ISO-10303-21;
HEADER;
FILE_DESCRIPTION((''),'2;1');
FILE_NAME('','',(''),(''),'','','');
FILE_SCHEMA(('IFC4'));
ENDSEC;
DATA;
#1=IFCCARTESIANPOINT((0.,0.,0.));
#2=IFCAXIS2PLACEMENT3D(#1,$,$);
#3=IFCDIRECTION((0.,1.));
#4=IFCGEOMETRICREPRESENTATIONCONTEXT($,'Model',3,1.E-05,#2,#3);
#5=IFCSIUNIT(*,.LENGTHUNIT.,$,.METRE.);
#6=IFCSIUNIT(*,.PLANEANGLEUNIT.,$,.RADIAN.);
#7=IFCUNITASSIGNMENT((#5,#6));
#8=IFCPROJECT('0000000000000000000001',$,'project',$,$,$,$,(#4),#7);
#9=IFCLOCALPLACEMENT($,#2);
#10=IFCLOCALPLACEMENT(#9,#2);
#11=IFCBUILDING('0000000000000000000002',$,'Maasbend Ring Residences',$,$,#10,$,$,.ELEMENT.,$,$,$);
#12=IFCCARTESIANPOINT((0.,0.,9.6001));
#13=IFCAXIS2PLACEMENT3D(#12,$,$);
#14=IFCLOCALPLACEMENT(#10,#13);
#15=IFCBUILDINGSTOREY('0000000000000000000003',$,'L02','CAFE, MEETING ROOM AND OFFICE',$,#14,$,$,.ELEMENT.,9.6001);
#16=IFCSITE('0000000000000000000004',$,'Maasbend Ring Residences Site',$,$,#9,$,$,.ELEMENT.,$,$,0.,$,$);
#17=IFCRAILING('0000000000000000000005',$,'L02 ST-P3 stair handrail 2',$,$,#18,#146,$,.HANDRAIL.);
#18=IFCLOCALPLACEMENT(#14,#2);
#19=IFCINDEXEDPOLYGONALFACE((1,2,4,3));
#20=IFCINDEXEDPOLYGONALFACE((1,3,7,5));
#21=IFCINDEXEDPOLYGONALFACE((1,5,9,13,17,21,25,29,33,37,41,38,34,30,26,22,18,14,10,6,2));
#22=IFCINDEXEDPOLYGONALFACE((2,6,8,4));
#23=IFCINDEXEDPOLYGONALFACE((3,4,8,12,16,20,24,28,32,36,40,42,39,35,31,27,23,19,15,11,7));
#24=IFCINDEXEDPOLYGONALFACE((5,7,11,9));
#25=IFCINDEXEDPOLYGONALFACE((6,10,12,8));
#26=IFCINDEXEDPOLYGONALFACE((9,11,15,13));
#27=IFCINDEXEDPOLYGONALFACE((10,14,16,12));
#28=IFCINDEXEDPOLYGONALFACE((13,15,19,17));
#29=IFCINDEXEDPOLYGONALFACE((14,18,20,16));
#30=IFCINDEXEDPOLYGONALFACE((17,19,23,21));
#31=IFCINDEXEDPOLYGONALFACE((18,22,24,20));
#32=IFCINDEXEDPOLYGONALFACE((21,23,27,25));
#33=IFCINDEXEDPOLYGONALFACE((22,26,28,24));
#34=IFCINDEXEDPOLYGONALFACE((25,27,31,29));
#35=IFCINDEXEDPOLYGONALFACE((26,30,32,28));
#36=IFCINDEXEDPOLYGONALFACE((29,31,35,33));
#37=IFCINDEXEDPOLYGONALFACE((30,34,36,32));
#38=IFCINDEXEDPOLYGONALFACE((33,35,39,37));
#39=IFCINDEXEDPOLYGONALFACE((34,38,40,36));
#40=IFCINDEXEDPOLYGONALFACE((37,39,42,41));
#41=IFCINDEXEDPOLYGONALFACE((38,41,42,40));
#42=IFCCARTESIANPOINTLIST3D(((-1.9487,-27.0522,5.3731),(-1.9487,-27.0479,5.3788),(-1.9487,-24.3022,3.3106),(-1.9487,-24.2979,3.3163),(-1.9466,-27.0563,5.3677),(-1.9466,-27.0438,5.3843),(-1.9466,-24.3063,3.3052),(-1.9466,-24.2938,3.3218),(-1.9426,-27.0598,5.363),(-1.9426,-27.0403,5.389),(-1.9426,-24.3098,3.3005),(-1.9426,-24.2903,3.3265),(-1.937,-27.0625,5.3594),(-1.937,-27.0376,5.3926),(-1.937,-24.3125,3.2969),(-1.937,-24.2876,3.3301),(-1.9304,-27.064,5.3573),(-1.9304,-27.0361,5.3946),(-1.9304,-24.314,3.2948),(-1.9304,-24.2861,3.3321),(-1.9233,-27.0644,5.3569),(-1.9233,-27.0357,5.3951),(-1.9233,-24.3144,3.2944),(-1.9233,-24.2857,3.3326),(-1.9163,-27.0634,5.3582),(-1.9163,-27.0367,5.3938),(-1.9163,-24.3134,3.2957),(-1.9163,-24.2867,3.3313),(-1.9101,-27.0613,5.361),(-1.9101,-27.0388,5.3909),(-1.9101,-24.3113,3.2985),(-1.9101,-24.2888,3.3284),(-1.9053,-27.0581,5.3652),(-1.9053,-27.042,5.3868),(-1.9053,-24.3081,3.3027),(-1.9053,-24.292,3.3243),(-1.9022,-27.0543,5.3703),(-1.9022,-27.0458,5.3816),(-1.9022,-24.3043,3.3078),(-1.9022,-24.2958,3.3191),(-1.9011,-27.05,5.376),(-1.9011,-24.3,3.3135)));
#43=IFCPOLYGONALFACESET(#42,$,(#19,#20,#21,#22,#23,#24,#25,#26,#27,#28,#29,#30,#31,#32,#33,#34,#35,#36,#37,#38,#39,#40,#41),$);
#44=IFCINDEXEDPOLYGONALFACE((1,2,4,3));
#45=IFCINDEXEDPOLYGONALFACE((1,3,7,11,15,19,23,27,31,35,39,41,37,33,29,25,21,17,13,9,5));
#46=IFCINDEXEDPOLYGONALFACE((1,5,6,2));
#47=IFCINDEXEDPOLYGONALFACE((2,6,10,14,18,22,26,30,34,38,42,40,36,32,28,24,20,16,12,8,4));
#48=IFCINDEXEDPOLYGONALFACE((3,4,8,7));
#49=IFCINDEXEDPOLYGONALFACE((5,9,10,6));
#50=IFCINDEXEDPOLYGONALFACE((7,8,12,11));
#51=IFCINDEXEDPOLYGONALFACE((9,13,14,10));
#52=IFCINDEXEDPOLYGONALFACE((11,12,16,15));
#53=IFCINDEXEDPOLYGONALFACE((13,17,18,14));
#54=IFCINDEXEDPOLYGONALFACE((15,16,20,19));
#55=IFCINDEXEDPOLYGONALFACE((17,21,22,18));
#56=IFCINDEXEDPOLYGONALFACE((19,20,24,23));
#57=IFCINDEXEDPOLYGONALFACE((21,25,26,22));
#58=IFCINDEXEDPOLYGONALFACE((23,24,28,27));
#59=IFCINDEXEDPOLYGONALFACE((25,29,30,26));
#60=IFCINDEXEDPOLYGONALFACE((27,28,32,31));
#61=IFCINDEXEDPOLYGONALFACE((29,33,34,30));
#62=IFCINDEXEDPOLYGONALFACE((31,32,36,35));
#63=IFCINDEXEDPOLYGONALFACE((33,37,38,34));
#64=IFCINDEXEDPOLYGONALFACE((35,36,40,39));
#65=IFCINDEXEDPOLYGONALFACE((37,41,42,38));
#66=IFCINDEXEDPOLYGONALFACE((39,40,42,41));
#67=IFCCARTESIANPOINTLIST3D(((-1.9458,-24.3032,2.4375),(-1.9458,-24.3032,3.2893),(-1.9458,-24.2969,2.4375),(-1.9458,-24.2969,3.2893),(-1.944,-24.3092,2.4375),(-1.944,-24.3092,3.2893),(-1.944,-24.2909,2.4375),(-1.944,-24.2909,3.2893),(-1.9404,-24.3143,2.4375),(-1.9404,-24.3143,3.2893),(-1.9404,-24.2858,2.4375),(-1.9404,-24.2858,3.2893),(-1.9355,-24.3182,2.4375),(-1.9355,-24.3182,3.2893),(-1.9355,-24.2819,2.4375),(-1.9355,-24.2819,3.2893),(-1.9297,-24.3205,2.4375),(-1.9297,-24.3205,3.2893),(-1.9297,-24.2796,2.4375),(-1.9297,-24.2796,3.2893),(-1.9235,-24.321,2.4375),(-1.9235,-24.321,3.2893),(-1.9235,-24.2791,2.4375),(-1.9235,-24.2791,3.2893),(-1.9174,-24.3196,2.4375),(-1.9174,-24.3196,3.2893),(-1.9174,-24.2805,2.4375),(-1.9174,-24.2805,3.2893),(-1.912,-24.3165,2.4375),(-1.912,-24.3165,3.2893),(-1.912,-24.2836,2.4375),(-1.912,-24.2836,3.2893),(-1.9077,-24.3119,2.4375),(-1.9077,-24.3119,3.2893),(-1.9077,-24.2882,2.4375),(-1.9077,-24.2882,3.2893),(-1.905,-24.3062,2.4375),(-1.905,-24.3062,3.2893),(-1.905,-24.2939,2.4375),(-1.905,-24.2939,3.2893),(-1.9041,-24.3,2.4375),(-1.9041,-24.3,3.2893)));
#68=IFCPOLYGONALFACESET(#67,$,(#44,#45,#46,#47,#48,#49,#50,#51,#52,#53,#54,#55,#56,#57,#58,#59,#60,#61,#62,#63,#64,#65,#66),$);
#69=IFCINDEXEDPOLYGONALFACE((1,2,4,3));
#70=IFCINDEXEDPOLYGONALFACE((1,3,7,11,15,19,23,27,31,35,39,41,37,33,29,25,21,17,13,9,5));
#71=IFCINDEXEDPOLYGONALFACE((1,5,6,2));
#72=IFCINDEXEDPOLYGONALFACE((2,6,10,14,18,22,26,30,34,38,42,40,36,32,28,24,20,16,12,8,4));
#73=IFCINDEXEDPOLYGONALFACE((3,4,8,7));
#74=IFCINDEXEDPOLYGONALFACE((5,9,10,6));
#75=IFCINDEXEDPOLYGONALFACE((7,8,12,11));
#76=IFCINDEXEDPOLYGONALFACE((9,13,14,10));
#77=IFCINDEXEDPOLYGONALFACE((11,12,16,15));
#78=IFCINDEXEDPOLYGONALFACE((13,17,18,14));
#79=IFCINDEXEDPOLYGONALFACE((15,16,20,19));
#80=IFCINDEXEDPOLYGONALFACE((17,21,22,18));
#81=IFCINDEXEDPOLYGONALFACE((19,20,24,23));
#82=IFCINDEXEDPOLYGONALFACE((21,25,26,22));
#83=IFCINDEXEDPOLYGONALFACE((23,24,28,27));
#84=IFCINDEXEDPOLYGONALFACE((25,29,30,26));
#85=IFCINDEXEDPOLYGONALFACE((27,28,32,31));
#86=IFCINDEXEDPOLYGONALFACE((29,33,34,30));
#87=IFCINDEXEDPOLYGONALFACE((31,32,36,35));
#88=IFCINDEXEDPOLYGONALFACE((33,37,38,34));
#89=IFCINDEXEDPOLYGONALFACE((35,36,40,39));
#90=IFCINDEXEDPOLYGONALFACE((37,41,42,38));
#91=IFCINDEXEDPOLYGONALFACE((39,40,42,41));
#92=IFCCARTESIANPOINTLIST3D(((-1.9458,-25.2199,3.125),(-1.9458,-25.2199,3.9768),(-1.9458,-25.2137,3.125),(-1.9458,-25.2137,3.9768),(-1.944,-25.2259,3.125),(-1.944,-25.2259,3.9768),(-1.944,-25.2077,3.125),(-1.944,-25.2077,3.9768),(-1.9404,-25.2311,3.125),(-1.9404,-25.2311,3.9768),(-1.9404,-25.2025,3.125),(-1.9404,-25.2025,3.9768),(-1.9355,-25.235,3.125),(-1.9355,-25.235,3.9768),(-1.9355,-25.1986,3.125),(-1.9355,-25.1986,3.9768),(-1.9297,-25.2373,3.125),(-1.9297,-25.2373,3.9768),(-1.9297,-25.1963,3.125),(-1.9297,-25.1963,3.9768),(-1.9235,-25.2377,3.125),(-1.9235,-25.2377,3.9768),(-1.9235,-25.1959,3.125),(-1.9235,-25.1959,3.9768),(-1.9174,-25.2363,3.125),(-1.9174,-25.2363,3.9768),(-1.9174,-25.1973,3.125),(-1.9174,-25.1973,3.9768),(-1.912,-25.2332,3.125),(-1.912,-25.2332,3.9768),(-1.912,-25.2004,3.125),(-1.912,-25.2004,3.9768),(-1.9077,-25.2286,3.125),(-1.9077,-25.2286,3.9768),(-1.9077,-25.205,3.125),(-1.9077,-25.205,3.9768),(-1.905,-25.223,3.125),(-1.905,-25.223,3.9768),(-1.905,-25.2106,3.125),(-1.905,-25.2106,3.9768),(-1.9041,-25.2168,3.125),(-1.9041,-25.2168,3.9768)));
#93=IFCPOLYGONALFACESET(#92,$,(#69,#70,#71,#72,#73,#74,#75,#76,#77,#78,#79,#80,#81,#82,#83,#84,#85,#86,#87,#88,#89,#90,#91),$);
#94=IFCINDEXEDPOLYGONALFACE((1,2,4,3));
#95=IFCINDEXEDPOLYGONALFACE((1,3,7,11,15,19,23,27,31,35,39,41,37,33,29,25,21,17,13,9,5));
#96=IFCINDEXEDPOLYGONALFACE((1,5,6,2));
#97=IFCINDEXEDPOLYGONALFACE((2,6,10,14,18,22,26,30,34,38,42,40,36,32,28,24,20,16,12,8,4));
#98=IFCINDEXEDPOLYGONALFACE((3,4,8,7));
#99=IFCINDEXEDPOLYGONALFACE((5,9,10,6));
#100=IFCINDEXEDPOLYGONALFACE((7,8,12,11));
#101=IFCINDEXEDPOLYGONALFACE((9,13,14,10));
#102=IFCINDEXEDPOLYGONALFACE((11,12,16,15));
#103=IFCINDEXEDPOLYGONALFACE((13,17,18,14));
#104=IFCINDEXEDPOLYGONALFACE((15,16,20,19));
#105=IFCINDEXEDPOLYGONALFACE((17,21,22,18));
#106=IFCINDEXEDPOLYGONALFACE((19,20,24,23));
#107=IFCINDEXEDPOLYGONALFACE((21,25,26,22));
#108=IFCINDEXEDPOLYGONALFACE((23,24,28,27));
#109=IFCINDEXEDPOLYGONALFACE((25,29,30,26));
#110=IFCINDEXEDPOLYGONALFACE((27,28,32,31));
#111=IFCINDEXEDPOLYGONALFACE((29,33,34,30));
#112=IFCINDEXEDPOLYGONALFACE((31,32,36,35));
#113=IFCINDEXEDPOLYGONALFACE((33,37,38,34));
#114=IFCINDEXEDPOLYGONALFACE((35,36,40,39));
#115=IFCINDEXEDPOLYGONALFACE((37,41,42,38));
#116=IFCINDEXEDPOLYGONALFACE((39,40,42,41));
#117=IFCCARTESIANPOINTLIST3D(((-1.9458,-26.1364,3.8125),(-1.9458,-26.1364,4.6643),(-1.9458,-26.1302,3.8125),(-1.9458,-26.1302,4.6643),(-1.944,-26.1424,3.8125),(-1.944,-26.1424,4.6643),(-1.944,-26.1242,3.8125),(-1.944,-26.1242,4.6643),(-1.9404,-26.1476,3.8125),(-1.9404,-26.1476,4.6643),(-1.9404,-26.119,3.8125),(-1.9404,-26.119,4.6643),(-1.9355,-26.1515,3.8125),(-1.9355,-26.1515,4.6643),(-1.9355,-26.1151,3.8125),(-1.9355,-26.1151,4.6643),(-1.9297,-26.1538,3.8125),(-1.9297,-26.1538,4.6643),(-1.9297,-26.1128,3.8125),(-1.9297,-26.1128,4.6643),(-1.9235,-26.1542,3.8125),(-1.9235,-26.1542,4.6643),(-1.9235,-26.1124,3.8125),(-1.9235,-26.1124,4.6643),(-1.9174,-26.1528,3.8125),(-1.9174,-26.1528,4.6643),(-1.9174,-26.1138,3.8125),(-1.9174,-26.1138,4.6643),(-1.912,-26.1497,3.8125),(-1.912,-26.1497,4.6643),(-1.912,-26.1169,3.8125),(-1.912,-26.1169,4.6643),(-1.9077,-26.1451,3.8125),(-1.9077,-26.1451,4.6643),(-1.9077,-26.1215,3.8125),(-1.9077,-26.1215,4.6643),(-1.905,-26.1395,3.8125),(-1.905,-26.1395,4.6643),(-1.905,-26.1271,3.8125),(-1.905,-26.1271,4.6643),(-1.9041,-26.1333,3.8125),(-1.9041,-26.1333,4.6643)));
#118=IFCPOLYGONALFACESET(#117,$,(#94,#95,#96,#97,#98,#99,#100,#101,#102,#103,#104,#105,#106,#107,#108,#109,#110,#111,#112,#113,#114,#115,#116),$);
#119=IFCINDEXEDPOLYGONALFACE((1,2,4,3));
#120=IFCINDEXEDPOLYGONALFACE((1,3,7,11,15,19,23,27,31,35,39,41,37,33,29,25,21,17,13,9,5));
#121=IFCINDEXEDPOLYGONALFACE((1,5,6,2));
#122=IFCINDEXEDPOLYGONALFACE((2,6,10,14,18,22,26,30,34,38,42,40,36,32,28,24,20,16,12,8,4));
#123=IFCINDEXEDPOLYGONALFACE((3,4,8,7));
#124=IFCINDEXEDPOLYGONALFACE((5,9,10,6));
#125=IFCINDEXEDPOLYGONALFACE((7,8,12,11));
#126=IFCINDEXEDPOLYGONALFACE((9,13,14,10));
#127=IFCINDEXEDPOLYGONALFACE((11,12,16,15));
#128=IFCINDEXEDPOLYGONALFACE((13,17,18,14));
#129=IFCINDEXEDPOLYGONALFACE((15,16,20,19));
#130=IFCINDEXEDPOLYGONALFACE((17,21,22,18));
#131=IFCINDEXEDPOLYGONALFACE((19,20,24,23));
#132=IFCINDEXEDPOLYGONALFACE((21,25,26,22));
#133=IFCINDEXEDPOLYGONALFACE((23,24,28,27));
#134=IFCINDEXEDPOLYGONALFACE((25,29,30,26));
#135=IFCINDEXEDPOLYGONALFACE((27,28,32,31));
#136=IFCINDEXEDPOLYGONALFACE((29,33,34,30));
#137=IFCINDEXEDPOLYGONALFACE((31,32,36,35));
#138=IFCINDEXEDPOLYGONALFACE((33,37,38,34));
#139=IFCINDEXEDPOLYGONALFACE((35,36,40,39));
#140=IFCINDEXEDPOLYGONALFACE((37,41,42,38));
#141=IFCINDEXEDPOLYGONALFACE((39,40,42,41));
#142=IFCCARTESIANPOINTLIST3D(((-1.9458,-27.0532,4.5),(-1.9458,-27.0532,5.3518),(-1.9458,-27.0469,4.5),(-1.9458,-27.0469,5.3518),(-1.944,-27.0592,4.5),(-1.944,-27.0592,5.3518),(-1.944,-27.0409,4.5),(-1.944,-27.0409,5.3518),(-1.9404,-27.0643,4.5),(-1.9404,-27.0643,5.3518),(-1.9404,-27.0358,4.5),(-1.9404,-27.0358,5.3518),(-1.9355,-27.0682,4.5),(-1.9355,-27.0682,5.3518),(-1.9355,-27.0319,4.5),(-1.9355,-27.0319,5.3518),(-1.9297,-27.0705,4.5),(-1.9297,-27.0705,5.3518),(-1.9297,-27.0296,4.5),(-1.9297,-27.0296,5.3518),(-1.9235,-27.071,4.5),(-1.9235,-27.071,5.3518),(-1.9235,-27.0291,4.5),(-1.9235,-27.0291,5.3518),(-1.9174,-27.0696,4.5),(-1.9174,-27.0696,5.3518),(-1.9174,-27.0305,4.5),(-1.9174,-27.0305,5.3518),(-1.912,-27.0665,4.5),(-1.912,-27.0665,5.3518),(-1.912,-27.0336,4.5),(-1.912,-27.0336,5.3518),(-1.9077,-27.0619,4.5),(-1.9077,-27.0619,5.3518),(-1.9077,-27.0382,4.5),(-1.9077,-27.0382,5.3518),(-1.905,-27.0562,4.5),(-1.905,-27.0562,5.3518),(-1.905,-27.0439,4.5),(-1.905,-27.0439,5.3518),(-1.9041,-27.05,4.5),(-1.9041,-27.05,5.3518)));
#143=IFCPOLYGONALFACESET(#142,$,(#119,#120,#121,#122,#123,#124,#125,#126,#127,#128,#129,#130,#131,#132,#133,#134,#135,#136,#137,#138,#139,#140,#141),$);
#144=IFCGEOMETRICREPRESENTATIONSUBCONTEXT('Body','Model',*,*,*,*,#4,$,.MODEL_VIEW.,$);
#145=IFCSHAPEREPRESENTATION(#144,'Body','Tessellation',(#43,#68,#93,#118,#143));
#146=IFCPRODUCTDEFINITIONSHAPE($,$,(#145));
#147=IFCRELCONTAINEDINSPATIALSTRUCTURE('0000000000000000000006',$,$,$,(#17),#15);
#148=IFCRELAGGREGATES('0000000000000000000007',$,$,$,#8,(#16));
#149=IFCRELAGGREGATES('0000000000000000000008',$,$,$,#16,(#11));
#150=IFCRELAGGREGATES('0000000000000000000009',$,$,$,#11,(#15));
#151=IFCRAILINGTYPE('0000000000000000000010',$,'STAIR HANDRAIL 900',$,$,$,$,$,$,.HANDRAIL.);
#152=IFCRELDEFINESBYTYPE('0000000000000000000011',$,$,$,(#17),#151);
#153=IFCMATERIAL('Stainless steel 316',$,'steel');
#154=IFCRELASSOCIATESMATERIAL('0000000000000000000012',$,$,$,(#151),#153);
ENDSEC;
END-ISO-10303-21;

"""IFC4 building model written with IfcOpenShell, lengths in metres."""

from ifc_helpers import new_model, si_unit, direction, frame, origin, origin_2d, place, context, subcontext, project, spatial, circle, extrude, material, type_object, element, save


model = new_model("IFC4")

# Units and contexts
model_context = context("Model", 3, precision=1e-05, world=origin(), true_north=direction((0.0, 1.0)))
body_context = subcontext(model_context, "Body", "Model", "MODEL_VIEW")
ifc_project = project(units=[si_unit("LENGTHUNIT", "METRE"), si_unit("PLANEANGLEUNIT", "RADIAN")], contexts=[model_context])

# Site, building, storey
site_placement = place(None, origin())
site = spatial("IfcSite", under=ifc_project, at=site_placement, Name="Maasbend Ring Residences Site", CompositionType="ELEMENT", RefElevation=0.0)
building_placement = place(site_placement, origin())
building = spatial("IfcBuilding", under=site, at=building_placement, Name="Maasbend Ring Residences", CompositionType="ELEMENT")
storey_placement = place(building_placement, frame((0.0, 0.0, 9.6001)))
storey = spatial("IfcBuildingStorey", under=building, at=storey_placement, Name="L02", Description="CAFE, MEETING ROOM AND OFFICE", CompositionType="ELEMENT", Elevation=9.6001)

# Railing
ifc_material_1 = material(Name="Stainless steel 316", Category="steel")
railing_type_1 = type_object("IfcRailingType", Name="STAIR HANDRAIL 900", PredefinedType="HANDRAIL", material=ifc_material_1)
railing_1_placement = place(storey_placement, frame((-1.925, -24.3, 2.4375)))
element("IfcRailing", 1, at=railing_1_placement, inside=storey, type_object=railing_type_1, Name="L02 ST-P3 stair handrail 2", PredefinedType="HANDRAIL", context=body_context, shape_type="SweptSolid", body=[
    extrude(circle(Radius=0.0239, at=origin_2d()), frame((0.0, 0.0, 0.876), z_axis=(0.0, -0.8, 0.6), x_axis=(1.0, 0.0, 0.0)), (0.0, 0.0, 1.0), 3.4375),
    extrude(circle(Radius=0.021, at=origin_2d()), origin(), (0.0, 0.0, 1.0), 0.8518),
    extrude(circle(Radius=0.021, at=origin_2d()), frame((0.0, -0.9167, 0.6875)), (0.0, 0.0, 1.0), 0.8518),
    extrude(circle(Radius=0.021, at=origin_2d()), frame((0.0, -1.8333, 1.375)), (0.0, 0.0, 1.0), 0.8518),
    extrude(circle(Radius=0.021, at=origin_2d()), frame((0.0, -2.75, 2.0625)), (0.0, 0.0, 1.0), 0.8518),
])

save(model, "model.ifc")
